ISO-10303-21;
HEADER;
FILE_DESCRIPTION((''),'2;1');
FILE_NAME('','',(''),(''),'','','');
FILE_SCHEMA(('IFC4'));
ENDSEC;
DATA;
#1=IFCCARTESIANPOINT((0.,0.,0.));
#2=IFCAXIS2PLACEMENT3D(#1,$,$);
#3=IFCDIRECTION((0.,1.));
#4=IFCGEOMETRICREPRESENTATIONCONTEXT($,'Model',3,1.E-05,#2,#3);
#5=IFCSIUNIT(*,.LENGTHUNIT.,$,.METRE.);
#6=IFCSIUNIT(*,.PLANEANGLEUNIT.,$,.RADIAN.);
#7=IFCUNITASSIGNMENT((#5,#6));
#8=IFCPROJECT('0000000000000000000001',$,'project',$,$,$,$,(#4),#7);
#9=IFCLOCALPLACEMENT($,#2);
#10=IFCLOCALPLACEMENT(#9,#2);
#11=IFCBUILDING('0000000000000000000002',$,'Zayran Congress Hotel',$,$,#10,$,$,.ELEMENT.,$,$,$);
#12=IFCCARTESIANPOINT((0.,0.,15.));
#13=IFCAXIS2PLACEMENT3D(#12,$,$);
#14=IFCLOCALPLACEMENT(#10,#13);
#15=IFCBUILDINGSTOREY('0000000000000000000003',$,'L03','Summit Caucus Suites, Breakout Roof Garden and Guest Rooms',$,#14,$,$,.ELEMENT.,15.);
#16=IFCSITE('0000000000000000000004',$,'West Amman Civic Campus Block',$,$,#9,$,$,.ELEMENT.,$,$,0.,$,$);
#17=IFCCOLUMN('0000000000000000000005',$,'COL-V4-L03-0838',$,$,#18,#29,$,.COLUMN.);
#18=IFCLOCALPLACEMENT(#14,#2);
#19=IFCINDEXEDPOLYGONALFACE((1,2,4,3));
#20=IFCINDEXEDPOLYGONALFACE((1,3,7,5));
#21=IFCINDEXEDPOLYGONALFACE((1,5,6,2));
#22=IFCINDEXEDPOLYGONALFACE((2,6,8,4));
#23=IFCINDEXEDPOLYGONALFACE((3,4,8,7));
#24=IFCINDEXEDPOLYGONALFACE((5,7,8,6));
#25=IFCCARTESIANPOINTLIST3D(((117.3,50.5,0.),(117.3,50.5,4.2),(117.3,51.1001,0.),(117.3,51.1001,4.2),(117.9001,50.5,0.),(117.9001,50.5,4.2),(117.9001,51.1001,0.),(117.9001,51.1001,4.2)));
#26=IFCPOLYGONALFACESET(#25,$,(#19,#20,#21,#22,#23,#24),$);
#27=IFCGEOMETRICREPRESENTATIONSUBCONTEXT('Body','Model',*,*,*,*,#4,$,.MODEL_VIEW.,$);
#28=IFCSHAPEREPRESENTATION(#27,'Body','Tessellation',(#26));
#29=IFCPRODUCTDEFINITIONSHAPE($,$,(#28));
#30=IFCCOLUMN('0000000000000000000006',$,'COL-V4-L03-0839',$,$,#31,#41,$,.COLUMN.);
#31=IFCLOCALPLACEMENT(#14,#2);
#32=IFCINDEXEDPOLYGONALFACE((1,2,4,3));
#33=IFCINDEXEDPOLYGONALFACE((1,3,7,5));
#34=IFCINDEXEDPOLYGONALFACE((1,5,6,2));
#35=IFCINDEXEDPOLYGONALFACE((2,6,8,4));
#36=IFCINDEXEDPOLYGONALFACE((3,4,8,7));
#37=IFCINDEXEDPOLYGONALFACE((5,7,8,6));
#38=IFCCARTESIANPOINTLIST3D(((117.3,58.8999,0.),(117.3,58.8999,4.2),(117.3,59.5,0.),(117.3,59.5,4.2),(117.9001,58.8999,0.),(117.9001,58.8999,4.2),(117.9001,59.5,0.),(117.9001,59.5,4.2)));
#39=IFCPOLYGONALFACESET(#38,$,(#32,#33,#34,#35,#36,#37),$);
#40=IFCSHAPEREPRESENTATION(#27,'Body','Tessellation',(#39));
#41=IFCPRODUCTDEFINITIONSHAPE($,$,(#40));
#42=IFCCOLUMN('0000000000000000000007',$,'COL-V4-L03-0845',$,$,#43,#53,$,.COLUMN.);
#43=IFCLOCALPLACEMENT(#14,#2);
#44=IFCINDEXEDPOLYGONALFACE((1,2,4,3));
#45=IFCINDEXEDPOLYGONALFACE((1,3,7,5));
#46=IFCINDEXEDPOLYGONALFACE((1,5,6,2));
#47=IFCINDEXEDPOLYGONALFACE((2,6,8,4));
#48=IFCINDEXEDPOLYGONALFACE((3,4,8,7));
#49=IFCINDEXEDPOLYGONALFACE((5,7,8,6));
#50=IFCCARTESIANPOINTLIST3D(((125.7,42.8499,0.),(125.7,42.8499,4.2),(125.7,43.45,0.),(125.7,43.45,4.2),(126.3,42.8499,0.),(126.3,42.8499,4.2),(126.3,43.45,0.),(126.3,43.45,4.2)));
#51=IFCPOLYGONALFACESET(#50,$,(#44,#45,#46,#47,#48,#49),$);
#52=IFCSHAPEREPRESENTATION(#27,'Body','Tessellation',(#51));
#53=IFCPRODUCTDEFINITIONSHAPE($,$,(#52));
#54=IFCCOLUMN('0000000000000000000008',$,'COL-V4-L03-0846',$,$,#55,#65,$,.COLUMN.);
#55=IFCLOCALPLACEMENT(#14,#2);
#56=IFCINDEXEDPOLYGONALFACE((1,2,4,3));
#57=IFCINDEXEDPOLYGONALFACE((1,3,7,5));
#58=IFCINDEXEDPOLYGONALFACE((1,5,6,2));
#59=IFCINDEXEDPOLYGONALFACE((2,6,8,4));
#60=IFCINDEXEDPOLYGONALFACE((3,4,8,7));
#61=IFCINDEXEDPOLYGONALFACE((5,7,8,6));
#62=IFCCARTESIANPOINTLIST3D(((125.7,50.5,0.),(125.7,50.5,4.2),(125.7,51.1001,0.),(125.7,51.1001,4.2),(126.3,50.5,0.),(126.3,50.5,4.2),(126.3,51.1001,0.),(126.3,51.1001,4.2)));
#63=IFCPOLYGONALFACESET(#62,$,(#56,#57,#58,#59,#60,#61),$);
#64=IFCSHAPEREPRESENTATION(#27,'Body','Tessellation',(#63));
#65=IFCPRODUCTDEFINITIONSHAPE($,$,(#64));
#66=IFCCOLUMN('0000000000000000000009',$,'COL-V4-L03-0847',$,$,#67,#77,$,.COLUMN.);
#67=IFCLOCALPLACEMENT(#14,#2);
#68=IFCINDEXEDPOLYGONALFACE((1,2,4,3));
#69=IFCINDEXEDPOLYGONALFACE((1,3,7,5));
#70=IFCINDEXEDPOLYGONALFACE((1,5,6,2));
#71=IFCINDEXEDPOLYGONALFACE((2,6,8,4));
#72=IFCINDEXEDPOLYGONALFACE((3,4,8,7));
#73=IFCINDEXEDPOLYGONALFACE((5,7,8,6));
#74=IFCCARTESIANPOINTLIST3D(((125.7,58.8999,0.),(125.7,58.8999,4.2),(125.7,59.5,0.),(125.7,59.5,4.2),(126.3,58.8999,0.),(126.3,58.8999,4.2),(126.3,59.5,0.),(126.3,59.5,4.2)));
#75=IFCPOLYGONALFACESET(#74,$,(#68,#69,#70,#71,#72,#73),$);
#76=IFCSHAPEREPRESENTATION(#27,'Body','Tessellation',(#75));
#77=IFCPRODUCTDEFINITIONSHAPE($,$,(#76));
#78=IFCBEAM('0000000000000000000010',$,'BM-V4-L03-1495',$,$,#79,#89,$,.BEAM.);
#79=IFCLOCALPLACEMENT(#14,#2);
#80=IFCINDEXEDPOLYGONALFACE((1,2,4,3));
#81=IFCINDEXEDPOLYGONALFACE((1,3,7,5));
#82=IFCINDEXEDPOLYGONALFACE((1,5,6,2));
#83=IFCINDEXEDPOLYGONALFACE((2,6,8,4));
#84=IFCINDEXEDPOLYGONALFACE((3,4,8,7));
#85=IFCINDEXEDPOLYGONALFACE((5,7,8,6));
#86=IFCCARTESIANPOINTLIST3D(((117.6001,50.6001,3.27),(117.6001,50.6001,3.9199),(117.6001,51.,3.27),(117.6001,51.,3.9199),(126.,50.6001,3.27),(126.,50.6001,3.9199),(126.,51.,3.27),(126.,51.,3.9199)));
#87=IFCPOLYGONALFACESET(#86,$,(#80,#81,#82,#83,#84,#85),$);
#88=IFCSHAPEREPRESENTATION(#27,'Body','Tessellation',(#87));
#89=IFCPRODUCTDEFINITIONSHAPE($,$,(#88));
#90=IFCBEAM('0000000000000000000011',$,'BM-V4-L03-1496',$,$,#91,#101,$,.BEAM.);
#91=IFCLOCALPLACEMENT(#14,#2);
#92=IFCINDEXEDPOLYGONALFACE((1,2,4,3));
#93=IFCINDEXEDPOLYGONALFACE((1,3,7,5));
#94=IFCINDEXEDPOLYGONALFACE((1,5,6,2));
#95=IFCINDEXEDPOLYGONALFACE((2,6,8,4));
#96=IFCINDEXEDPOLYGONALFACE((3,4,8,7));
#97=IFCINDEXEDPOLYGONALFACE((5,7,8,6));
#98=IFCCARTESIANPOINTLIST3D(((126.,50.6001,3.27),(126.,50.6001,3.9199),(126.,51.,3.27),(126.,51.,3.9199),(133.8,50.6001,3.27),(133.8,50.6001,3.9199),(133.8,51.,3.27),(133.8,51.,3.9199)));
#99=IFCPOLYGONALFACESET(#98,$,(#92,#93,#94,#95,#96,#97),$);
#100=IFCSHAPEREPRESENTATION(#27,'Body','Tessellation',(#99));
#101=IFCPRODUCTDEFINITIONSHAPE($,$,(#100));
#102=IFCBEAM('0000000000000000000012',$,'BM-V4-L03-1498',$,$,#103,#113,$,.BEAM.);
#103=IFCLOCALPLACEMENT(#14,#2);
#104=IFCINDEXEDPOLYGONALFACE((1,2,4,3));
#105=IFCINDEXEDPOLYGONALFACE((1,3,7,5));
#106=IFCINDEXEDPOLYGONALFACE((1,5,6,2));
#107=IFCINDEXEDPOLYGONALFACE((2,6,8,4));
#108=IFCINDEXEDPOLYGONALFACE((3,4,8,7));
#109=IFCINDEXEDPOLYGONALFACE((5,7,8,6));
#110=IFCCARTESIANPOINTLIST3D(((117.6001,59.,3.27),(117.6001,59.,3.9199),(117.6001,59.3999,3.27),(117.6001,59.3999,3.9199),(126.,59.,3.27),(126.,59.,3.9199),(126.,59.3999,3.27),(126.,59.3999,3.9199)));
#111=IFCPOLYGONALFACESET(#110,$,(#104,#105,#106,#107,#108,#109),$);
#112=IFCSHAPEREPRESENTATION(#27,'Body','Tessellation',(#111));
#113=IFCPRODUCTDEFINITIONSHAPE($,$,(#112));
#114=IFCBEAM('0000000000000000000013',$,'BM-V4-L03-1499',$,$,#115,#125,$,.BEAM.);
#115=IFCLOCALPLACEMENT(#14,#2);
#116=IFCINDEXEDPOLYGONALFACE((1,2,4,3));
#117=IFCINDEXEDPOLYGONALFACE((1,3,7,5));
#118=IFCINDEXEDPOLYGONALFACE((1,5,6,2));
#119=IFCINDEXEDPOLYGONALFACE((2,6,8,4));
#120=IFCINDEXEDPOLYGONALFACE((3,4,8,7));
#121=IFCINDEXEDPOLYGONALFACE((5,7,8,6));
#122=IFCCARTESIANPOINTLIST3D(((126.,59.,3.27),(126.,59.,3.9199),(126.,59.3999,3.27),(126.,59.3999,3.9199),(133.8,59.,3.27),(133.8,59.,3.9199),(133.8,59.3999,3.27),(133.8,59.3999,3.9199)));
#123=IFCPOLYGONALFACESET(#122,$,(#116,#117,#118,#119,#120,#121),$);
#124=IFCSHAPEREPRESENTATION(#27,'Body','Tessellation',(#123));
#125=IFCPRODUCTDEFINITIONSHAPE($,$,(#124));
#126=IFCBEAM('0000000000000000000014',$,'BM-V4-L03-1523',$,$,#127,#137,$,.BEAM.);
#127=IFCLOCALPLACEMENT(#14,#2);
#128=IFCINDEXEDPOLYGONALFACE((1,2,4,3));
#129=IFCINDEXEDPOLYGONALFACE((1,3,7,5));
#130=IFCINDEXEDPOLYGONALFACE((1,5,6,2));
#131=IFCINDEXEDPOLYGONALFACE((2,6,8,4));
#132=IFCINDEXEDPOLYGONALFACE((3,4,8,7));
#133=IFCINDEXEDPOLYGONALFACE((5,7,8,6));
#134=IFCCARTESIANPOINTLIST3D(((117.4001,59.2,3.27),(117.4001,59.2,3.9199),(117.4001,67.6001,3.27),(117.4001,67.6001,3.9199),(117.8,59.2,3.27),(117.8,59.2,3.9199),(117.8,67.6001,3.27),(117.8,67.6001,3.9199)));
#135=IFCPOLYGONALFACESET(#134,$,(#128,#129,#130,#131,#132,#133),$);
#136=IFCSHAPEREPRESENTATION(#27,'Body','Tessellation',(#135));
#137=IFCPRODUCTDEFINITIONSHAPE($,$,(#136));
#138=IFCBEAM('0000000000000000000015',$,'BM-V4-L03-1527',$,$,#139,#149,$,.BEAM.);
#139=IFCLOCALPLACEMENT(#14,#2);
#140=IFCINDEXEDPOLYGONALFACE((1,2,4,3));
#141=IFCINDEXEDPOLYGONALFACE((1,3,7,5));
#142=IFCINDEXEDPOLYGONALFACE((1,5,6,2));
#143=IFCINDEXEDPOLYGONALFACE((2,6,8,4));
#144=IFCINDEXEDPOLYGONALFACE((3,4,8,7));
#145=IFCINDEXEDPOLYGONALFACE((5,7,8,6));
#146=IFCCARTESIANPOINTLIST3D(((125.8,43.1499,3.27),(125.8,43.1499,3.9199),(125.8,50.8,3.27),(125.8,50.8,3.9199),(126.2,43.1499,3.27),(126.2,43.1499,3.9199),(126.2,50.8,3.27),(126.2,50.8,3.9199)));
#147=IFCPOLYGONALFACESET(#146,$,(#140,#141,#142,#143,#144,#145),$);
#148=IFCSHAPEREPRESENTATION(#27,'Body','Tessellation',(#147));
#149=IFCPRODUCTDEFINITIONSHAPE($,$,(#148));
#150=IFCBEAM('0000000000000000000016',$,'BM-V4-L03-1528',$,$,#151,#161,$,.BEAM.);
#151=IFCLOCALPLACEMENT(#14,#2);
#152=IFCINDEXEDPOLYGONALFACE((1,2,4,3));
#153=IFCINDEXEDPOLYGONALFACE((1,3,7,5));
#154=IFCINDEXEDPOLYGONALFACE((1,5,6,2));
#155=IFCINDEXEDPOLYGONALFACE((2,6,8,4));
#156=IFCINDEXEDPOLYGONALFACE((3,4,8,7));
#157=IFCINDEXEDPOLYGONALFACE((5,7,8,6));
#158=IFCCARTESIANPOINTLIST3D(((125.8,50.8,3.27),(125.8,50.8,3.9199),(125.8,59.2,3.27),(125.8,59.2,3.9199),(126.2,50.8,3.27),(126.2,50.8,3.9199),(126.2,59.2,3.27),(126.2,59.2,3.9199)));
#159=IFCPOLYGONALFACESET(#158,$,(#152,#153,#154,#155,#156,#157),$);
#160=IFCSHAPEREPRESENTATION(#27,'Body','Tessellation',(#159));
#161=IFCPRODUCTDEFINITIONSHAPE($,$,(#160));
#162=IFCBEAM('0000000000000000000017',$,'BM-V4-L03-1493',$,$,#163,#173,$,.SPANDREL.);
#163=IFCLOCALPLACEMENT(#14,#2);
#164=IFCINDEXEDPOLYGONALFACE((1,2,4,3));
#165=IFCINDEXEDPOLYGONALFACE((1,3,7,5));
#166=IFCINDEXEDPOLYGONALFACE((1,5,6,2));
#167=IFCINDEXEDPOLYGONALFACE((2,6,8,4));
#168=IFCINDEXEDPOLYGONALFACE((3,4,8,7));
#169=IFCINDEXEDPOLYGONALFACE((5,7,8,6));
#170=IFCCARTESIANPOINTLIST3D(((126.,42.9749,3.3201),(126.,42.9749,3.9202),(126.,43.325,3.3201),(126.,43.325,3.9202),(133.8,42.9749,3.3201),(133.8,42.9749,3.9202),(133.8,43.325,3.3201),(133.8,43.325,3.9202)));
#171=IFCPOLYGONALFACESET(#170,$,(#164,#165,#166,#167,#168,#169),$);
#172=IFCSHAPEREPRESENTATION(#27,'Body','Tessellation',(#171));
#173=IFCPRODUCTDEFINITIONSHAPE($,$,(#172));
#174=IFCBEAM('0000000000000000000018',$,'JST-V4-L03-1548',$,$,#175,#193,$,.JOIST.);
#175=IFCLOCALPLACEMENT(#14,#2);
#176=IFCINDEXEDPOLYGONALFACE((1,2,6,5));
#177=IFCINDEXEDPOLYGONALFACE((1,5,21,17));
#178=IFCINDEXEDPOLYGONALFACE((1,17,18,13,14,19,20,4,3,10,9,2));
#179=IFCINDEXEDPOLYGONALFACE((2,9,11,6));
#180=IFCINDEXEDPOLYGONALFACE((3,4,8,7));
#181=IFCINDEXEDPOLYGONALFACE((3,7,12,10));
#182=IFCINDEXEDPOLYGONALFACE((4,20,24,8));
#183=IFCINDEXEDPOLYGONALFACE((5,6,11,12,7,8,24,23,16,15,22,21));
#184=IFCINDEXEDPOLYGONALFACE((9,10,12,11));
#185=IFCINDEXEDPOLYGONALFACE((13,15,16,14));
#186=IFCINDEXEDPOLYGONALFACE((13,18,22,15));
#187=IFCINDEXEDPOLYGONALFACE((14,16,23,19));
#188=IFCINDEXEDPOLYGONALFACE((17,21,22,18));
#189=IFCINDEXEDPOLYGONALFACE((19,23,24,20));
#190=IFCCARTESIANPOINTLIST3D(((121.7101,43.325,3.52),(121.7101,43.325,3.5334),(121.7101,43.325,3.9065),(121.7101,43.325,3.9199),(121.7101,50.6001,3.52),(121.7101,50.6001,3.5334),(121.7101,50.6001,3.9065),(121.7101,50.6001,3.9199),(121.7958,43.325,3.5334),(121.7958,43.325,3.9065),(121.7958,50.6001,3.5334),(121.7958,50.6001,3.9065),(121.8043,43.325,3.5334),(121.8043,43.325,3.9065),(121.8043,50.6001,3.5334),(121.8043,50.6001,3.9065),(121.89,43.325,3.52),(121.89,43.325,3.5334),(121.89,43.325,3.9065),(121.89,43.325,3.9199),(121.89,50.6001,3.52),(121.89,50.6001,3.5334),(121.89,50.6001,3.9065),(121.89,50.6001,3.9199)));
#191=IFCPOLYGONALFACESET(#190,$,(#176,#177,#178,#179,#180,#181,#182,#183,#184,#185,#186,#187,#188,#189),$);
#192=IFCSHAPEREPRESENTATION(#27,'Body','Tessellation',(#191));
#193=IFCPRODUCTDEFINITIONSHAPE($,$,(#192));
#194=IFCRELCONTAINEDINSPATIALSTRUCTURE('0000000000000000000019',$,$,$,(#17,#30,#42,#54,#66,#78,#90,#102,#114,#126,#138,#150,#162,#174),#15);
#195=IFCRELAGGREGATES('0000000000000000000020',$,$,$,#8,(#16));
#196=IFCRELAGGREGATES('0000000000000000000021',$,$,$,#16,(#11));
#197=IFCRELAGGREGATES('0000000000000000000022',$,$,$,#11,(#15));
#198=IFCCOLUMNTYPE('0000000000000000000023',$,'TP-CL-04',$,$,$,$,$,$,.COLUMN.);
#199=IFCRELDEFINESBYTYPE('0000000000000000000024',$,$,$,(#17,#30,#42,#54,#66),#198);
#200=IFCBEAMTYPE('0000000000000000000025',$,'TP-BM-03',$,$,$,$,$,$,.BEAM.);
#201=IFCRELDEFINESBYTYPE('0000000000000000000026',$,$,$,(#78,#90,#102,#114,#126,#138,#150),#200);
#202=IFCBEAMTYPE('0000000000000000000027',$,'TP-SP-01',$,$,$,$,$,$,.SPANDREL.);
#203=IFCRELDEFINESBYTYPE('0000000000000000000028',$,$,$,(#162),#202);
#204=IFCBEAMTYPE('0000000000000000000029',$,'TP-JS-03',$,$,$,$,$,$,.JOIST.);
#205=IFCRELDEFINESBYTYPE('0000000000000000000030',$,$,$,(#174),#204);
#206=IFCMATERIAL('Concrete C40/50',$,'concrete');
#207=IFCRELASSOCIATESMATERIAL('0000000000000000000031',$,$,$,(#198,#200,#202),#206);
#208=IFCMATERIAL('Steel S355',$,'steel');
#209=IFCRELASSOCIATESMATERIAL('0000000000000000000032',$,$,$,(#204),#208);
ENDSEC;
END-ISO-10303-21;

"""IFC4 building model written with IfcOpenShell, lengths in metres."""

from ifc_helpers import new_model, si_unit, direction, frame, origin, origin_2d, place, context, subcontext, project, spatial, rectangle, i_section, extrude, material, material_profile, profile_set, type_object, element, save


model = new_model("IFC4")

# Units and contexts
model_context = context("Model", 3, precision=1e-05, world=origin(), true_north=direction((0.0, 1.0)))
body_context = subcontext(model_context, "Body", "Model", "MODEL_VIEW")
ifc_project = project(units=[si_unit("LENGTHUNIT", "METRE"), si_unit("PLANEANGLEUNIT", "RADIAN")], contexts=[model_context])

# Site, building, storey
site_placement = place(None, origin())
site = spatial("IfcSite", under=ifc_project, at=site_placement, Name="West Amman Civic Campus Block", CompositionType="ELEMENT", RefElevation=0.0)
building_placement = place(site_placement, origin())
building = spatial("IfcBuilding", under=site, at=building_placement, Name="Zayran Congress Hotel", CompositionType="ELEMENT")
storey_placement = place(building_placement, frame((0.0, 0.0, 15.0)))
storey = spatial("IfcBuildingStorey", under=building, at=storey_placement, Name="L03", Description="Summit Caucus Suites, Breakout Roof Garden and Guest Rooms", CompositionType="ELEMENT", Elevation=15.0)

# Columns
ifc_material_1 = material(Name="Concrete C40/50", Category="concrete")
ifc_material_profile_1 = material_profile(ifc_material_1, rectangle(XDim=0.6001, YDim=0.6001, at=origin_2d()), Name="RC 600x600")
ifc_profile_set_1 = profile_set([ifc_material_profile_1], Name="Concrete C40/50")
column_type = type_object("IfcColumnType", Name="TP-CL-04", PredefinedType="COLUMN", material=ifc_profile_set_1)
for number, where, z_axis, x_axis, name in (
    (1, (117.6001, 50.8, 0.0), (0.0, 0.0, 1.0), (1.0, 0.0, 0.0), "COL-V4-L03-0838"),
    (2, (117.6001, 59.2, 0.0), (0.0, 0.0, 1.0), (1.0, 0.0, 0.0), "COL-V4-L03-0839"),
    (3, (126.0, 43.1499, 0.0), (0.0, 0.0, 1.0), (1.0, 0.0, 0.0), "COL-V4-L03-0845"),
    (4, (126.0, 50.8, 0.0), (0.0, 0.0, 1.0), (1.0, 0.0, 0.0), "COL-V4-L03-0846"),
    (5, (126.0, 59.2, 0.0), (0.0, 0.0, 1.0), (1.0, 0.0, 0.0), "COL-V4-L03-0847"),
):
    element("IfcColumn", number, at=place(storey_placement, frame(where, z_axis=z_axis, x_axis=x_axis)), inside=storey, type_object=column_type, Name=name, PredefinedType="COLUMN", context=body_context, shape_type="SweptSolid", body=[
        extrude(rectangle(XDim=0.6001, YDim=0.6001, at=origin_2d()), origin(), (0.0, 0.0, 1.0), 4.2),
    ])

# Beams
ifc_material_profile_2 = material_profile(ifc_material_1, rectangle(XDim=0.3999, YDim=0.6499, at=origin_2d()), Name="RC 400x650")
ifc_profile_set_2 = profile_set([ifc_material_profile_2], Name="Concrete C40/50")
beam_type_1 = type_object("IfcBeamType", Name="TP-BM-03", PredefinedType="BEAM", material=ifc_profile_set_2)
beam_1_placement = place(storey_placement, frame((117.6001, 50.8, 3.595), z_axis=(1.0, 0.0, 0.0), x_axis=(0.0, 1.0, 0.0)))
element("IfcBeam", 6, at=beam_1_placement, inside=storey, type_object=beam_type_1, Name="BM-V4-L03-1495", PredefinedType="BEAM", context=body_context, shape_type="SweptSolid", body=[
    extrude(rectangle(XDim=0.3999, YDim=0.6499, at=origin_2d()), origin(), (0.0, 0.0, 1.0), 8.3999),
])
beam_2_placement = place(storey_placement, frame((126.0, 50.8, 3.595), z_axis=(1.0, 0.0, 0.0), x_axis=(0.0, 1.0, 0.0)))
element("IfcBeam", 7, at=beam_2_placement, inside=storey, type_object=beam_type_1, Name="BM-V4-L03-1496", PredefinedType="BEAM", context=body_context, shape_type="SweptSolid", body=[
    extrude(rectangle(XDim=0.3999, YDim=0.6499, at=origin_2d()), origin(), (0.0, 0.0, 1.0), 7.8),
])
beam_3_placement = place(storey_placement, frame((117.6001, 59.2, 3.595), z_axis=(1.0, 0.0, 0.0), x_axis=(0.0, 1.0, 0.0)))
element("IfcBeam", 8, at=beam_3_placement, inside=storey, type_object=beam_type_1, Name="BM-V4-L03-1498", PredefinedType="BEAM", context=body_context, shape_type="SweptSolid", body=[
    extrude(rectangle(XDim=0.3999, YDim=0.6499, at=origin_2d()), origin(), (0.0, 0.0, 1.0), 8.3999),
])
beam_4_placement = place(storey_placement, frame((126.0, 59.2, 3.595), z_axis=(1.0, 0.0, 0.0), x_axis=(0.0, 1.0, 0.0)))
element("IfcBeam", 9, at=beam_4_placement, inside=storey, type_object=beam_type_1, Name="BM-V4-L03-1499", PredefinedType="BEAM", context=body_context, shape_type="SweptSolid", body=[
    extrude(rectangle(XDim=0.3999, YDim=0.6499, at=origin_2d()), origin(), (0.0, 0.0, 1.0), 7.8),
])
beam_5_placement = place(storey_placement, frame((117.6001, 59.2, 3.595), z_axis=(0.0, 1.0, 0.0), x_axis=(-1.0, 0.0, 0.0)))
element("IfcBeam", 10, at=beam_5_placement, inside=storey, type_object=beam_type_1, Name="BM-V4-L03-1523", PredefinedType="BEAM", context=body_context, shape_type="SweptSolid", body=[
    extrude(rectangle(XDim=0.3999, YDim=0.6499, at=origin_2d()), origin(), (0.0, 0.0, 1.0), 8.4001),
])
beam_6_placement = place(storey_placement, frame((126.0, 43.1499, 3.595), z_axis=(0.0, 1.0, 0.0), x_axis=(-1.0, 0.0, 0.0)))
element("IfcBeam", 11, at=beam_6_placement, inside=storey, type_object=beam_type_1, Name="BM-V4-L03-1527", PredefinedType="BEAM", context=body_context, shape_type="SweptSolid", body=[
    extrude(rectangle(XDim=0.3999, YDim=0.6499, at=origin_2d()), origin(), (0.0, 0.0, 1.0), 7.6501),
])
beam_7_placement = place(storey_placement, frame((126.0, 50.8, 3.595), z_axis=(0.0, 1.0, 0.0), x_axis=(-1.0, 0.0, 0.0)))
element("IfcBeam", 12, at=beam_7_placement, inside=storey, type_object=beam_type_1, Name="BM-V4-L03-1528", PredefinedType="BEAM", context=body_context, shape_type="SweptSolid", body=[
    extrude(rectangle(XDim=0.3999, YDim=0.6499, at=origin_2d()), origin(), (0.0, 0.0, 1.0), 8.3999),
])
ifc_material_profile_3 = material_profile(ifc_material_1, rectangle(XDim=0.3501, YDim=0.6001, at=origin_2d()), Name="RC 350x600")
ifc_profile_set_3 = profile_set([ifc_material_profile_3], Name="Concrete C40/50")
beam_type_2 = type_object("IfcBeamType", Name="TP-SP-01", PredefinedType="SPANDREL", material=ifc_profile_set_3)
beam_8_placement = place(storey_placement, frame((126.0, 43.1499, 3.6201), z_axis=(1.0, 0.0, 0.0), x_axis=(0.0, 1.0, 0.0)))
element("IfcBeam", 13, at=beam_8_placement, inside=storey, type_object=beam_type_2, Name="BM-V4-L03-1493", PredefinedType="SPANDREL", context=body_context, shape_type="SweptSolid", body=[
    extrude(rectangle(XDim=0.3501, YDim=0.6001, at=origin_2d()), origin(), (0.0, 0.0, 1.0), 7.8),
])
ifc_material_2 = material(Name="Steel S355", Category="steel")
ifc_material_profile_4 = material_profile(ifc_material_2, i_section(OverallWidth=0.1799, OverallDepth=0.3999, WebThickness=0.0085, FlangeThickness=0.0134, at=origin_2d()), Name="IPE 400")
ifc_profile_set_4 = profile_set([ifc_material_profile_4], Name="Steel S355")
beam_type_3 = type_object("IfcBeamType", Name="TP-JS-03", PredefinedType="JOIST", material=ifc_profile_set_4)
beam_9_placement = place(storey_placement, frame((121.8, 43.325, 3.72), z_axis=(0.0, 1.0, 0.0), x_axis=(-1.0, 0.0, 0.0)))
element("IfcBeam", 14, at=beam_9_placement, inside=storey, type_object=beam_type_3, Name="JST-V4-L03-1548", PredefinedType="JOIST", context=body_context, shape_type="SweptSolid", body=[
    extrude(i_section(OverallWidth=0.1799, OverallDepth=0.3999, WebThickness=0.0085, FlangeThickness=0.0134, at=origin_2d()), origin(), (0.0, 0.0, 1.0), 7.2751),
])

save(model, "model.ifc")
